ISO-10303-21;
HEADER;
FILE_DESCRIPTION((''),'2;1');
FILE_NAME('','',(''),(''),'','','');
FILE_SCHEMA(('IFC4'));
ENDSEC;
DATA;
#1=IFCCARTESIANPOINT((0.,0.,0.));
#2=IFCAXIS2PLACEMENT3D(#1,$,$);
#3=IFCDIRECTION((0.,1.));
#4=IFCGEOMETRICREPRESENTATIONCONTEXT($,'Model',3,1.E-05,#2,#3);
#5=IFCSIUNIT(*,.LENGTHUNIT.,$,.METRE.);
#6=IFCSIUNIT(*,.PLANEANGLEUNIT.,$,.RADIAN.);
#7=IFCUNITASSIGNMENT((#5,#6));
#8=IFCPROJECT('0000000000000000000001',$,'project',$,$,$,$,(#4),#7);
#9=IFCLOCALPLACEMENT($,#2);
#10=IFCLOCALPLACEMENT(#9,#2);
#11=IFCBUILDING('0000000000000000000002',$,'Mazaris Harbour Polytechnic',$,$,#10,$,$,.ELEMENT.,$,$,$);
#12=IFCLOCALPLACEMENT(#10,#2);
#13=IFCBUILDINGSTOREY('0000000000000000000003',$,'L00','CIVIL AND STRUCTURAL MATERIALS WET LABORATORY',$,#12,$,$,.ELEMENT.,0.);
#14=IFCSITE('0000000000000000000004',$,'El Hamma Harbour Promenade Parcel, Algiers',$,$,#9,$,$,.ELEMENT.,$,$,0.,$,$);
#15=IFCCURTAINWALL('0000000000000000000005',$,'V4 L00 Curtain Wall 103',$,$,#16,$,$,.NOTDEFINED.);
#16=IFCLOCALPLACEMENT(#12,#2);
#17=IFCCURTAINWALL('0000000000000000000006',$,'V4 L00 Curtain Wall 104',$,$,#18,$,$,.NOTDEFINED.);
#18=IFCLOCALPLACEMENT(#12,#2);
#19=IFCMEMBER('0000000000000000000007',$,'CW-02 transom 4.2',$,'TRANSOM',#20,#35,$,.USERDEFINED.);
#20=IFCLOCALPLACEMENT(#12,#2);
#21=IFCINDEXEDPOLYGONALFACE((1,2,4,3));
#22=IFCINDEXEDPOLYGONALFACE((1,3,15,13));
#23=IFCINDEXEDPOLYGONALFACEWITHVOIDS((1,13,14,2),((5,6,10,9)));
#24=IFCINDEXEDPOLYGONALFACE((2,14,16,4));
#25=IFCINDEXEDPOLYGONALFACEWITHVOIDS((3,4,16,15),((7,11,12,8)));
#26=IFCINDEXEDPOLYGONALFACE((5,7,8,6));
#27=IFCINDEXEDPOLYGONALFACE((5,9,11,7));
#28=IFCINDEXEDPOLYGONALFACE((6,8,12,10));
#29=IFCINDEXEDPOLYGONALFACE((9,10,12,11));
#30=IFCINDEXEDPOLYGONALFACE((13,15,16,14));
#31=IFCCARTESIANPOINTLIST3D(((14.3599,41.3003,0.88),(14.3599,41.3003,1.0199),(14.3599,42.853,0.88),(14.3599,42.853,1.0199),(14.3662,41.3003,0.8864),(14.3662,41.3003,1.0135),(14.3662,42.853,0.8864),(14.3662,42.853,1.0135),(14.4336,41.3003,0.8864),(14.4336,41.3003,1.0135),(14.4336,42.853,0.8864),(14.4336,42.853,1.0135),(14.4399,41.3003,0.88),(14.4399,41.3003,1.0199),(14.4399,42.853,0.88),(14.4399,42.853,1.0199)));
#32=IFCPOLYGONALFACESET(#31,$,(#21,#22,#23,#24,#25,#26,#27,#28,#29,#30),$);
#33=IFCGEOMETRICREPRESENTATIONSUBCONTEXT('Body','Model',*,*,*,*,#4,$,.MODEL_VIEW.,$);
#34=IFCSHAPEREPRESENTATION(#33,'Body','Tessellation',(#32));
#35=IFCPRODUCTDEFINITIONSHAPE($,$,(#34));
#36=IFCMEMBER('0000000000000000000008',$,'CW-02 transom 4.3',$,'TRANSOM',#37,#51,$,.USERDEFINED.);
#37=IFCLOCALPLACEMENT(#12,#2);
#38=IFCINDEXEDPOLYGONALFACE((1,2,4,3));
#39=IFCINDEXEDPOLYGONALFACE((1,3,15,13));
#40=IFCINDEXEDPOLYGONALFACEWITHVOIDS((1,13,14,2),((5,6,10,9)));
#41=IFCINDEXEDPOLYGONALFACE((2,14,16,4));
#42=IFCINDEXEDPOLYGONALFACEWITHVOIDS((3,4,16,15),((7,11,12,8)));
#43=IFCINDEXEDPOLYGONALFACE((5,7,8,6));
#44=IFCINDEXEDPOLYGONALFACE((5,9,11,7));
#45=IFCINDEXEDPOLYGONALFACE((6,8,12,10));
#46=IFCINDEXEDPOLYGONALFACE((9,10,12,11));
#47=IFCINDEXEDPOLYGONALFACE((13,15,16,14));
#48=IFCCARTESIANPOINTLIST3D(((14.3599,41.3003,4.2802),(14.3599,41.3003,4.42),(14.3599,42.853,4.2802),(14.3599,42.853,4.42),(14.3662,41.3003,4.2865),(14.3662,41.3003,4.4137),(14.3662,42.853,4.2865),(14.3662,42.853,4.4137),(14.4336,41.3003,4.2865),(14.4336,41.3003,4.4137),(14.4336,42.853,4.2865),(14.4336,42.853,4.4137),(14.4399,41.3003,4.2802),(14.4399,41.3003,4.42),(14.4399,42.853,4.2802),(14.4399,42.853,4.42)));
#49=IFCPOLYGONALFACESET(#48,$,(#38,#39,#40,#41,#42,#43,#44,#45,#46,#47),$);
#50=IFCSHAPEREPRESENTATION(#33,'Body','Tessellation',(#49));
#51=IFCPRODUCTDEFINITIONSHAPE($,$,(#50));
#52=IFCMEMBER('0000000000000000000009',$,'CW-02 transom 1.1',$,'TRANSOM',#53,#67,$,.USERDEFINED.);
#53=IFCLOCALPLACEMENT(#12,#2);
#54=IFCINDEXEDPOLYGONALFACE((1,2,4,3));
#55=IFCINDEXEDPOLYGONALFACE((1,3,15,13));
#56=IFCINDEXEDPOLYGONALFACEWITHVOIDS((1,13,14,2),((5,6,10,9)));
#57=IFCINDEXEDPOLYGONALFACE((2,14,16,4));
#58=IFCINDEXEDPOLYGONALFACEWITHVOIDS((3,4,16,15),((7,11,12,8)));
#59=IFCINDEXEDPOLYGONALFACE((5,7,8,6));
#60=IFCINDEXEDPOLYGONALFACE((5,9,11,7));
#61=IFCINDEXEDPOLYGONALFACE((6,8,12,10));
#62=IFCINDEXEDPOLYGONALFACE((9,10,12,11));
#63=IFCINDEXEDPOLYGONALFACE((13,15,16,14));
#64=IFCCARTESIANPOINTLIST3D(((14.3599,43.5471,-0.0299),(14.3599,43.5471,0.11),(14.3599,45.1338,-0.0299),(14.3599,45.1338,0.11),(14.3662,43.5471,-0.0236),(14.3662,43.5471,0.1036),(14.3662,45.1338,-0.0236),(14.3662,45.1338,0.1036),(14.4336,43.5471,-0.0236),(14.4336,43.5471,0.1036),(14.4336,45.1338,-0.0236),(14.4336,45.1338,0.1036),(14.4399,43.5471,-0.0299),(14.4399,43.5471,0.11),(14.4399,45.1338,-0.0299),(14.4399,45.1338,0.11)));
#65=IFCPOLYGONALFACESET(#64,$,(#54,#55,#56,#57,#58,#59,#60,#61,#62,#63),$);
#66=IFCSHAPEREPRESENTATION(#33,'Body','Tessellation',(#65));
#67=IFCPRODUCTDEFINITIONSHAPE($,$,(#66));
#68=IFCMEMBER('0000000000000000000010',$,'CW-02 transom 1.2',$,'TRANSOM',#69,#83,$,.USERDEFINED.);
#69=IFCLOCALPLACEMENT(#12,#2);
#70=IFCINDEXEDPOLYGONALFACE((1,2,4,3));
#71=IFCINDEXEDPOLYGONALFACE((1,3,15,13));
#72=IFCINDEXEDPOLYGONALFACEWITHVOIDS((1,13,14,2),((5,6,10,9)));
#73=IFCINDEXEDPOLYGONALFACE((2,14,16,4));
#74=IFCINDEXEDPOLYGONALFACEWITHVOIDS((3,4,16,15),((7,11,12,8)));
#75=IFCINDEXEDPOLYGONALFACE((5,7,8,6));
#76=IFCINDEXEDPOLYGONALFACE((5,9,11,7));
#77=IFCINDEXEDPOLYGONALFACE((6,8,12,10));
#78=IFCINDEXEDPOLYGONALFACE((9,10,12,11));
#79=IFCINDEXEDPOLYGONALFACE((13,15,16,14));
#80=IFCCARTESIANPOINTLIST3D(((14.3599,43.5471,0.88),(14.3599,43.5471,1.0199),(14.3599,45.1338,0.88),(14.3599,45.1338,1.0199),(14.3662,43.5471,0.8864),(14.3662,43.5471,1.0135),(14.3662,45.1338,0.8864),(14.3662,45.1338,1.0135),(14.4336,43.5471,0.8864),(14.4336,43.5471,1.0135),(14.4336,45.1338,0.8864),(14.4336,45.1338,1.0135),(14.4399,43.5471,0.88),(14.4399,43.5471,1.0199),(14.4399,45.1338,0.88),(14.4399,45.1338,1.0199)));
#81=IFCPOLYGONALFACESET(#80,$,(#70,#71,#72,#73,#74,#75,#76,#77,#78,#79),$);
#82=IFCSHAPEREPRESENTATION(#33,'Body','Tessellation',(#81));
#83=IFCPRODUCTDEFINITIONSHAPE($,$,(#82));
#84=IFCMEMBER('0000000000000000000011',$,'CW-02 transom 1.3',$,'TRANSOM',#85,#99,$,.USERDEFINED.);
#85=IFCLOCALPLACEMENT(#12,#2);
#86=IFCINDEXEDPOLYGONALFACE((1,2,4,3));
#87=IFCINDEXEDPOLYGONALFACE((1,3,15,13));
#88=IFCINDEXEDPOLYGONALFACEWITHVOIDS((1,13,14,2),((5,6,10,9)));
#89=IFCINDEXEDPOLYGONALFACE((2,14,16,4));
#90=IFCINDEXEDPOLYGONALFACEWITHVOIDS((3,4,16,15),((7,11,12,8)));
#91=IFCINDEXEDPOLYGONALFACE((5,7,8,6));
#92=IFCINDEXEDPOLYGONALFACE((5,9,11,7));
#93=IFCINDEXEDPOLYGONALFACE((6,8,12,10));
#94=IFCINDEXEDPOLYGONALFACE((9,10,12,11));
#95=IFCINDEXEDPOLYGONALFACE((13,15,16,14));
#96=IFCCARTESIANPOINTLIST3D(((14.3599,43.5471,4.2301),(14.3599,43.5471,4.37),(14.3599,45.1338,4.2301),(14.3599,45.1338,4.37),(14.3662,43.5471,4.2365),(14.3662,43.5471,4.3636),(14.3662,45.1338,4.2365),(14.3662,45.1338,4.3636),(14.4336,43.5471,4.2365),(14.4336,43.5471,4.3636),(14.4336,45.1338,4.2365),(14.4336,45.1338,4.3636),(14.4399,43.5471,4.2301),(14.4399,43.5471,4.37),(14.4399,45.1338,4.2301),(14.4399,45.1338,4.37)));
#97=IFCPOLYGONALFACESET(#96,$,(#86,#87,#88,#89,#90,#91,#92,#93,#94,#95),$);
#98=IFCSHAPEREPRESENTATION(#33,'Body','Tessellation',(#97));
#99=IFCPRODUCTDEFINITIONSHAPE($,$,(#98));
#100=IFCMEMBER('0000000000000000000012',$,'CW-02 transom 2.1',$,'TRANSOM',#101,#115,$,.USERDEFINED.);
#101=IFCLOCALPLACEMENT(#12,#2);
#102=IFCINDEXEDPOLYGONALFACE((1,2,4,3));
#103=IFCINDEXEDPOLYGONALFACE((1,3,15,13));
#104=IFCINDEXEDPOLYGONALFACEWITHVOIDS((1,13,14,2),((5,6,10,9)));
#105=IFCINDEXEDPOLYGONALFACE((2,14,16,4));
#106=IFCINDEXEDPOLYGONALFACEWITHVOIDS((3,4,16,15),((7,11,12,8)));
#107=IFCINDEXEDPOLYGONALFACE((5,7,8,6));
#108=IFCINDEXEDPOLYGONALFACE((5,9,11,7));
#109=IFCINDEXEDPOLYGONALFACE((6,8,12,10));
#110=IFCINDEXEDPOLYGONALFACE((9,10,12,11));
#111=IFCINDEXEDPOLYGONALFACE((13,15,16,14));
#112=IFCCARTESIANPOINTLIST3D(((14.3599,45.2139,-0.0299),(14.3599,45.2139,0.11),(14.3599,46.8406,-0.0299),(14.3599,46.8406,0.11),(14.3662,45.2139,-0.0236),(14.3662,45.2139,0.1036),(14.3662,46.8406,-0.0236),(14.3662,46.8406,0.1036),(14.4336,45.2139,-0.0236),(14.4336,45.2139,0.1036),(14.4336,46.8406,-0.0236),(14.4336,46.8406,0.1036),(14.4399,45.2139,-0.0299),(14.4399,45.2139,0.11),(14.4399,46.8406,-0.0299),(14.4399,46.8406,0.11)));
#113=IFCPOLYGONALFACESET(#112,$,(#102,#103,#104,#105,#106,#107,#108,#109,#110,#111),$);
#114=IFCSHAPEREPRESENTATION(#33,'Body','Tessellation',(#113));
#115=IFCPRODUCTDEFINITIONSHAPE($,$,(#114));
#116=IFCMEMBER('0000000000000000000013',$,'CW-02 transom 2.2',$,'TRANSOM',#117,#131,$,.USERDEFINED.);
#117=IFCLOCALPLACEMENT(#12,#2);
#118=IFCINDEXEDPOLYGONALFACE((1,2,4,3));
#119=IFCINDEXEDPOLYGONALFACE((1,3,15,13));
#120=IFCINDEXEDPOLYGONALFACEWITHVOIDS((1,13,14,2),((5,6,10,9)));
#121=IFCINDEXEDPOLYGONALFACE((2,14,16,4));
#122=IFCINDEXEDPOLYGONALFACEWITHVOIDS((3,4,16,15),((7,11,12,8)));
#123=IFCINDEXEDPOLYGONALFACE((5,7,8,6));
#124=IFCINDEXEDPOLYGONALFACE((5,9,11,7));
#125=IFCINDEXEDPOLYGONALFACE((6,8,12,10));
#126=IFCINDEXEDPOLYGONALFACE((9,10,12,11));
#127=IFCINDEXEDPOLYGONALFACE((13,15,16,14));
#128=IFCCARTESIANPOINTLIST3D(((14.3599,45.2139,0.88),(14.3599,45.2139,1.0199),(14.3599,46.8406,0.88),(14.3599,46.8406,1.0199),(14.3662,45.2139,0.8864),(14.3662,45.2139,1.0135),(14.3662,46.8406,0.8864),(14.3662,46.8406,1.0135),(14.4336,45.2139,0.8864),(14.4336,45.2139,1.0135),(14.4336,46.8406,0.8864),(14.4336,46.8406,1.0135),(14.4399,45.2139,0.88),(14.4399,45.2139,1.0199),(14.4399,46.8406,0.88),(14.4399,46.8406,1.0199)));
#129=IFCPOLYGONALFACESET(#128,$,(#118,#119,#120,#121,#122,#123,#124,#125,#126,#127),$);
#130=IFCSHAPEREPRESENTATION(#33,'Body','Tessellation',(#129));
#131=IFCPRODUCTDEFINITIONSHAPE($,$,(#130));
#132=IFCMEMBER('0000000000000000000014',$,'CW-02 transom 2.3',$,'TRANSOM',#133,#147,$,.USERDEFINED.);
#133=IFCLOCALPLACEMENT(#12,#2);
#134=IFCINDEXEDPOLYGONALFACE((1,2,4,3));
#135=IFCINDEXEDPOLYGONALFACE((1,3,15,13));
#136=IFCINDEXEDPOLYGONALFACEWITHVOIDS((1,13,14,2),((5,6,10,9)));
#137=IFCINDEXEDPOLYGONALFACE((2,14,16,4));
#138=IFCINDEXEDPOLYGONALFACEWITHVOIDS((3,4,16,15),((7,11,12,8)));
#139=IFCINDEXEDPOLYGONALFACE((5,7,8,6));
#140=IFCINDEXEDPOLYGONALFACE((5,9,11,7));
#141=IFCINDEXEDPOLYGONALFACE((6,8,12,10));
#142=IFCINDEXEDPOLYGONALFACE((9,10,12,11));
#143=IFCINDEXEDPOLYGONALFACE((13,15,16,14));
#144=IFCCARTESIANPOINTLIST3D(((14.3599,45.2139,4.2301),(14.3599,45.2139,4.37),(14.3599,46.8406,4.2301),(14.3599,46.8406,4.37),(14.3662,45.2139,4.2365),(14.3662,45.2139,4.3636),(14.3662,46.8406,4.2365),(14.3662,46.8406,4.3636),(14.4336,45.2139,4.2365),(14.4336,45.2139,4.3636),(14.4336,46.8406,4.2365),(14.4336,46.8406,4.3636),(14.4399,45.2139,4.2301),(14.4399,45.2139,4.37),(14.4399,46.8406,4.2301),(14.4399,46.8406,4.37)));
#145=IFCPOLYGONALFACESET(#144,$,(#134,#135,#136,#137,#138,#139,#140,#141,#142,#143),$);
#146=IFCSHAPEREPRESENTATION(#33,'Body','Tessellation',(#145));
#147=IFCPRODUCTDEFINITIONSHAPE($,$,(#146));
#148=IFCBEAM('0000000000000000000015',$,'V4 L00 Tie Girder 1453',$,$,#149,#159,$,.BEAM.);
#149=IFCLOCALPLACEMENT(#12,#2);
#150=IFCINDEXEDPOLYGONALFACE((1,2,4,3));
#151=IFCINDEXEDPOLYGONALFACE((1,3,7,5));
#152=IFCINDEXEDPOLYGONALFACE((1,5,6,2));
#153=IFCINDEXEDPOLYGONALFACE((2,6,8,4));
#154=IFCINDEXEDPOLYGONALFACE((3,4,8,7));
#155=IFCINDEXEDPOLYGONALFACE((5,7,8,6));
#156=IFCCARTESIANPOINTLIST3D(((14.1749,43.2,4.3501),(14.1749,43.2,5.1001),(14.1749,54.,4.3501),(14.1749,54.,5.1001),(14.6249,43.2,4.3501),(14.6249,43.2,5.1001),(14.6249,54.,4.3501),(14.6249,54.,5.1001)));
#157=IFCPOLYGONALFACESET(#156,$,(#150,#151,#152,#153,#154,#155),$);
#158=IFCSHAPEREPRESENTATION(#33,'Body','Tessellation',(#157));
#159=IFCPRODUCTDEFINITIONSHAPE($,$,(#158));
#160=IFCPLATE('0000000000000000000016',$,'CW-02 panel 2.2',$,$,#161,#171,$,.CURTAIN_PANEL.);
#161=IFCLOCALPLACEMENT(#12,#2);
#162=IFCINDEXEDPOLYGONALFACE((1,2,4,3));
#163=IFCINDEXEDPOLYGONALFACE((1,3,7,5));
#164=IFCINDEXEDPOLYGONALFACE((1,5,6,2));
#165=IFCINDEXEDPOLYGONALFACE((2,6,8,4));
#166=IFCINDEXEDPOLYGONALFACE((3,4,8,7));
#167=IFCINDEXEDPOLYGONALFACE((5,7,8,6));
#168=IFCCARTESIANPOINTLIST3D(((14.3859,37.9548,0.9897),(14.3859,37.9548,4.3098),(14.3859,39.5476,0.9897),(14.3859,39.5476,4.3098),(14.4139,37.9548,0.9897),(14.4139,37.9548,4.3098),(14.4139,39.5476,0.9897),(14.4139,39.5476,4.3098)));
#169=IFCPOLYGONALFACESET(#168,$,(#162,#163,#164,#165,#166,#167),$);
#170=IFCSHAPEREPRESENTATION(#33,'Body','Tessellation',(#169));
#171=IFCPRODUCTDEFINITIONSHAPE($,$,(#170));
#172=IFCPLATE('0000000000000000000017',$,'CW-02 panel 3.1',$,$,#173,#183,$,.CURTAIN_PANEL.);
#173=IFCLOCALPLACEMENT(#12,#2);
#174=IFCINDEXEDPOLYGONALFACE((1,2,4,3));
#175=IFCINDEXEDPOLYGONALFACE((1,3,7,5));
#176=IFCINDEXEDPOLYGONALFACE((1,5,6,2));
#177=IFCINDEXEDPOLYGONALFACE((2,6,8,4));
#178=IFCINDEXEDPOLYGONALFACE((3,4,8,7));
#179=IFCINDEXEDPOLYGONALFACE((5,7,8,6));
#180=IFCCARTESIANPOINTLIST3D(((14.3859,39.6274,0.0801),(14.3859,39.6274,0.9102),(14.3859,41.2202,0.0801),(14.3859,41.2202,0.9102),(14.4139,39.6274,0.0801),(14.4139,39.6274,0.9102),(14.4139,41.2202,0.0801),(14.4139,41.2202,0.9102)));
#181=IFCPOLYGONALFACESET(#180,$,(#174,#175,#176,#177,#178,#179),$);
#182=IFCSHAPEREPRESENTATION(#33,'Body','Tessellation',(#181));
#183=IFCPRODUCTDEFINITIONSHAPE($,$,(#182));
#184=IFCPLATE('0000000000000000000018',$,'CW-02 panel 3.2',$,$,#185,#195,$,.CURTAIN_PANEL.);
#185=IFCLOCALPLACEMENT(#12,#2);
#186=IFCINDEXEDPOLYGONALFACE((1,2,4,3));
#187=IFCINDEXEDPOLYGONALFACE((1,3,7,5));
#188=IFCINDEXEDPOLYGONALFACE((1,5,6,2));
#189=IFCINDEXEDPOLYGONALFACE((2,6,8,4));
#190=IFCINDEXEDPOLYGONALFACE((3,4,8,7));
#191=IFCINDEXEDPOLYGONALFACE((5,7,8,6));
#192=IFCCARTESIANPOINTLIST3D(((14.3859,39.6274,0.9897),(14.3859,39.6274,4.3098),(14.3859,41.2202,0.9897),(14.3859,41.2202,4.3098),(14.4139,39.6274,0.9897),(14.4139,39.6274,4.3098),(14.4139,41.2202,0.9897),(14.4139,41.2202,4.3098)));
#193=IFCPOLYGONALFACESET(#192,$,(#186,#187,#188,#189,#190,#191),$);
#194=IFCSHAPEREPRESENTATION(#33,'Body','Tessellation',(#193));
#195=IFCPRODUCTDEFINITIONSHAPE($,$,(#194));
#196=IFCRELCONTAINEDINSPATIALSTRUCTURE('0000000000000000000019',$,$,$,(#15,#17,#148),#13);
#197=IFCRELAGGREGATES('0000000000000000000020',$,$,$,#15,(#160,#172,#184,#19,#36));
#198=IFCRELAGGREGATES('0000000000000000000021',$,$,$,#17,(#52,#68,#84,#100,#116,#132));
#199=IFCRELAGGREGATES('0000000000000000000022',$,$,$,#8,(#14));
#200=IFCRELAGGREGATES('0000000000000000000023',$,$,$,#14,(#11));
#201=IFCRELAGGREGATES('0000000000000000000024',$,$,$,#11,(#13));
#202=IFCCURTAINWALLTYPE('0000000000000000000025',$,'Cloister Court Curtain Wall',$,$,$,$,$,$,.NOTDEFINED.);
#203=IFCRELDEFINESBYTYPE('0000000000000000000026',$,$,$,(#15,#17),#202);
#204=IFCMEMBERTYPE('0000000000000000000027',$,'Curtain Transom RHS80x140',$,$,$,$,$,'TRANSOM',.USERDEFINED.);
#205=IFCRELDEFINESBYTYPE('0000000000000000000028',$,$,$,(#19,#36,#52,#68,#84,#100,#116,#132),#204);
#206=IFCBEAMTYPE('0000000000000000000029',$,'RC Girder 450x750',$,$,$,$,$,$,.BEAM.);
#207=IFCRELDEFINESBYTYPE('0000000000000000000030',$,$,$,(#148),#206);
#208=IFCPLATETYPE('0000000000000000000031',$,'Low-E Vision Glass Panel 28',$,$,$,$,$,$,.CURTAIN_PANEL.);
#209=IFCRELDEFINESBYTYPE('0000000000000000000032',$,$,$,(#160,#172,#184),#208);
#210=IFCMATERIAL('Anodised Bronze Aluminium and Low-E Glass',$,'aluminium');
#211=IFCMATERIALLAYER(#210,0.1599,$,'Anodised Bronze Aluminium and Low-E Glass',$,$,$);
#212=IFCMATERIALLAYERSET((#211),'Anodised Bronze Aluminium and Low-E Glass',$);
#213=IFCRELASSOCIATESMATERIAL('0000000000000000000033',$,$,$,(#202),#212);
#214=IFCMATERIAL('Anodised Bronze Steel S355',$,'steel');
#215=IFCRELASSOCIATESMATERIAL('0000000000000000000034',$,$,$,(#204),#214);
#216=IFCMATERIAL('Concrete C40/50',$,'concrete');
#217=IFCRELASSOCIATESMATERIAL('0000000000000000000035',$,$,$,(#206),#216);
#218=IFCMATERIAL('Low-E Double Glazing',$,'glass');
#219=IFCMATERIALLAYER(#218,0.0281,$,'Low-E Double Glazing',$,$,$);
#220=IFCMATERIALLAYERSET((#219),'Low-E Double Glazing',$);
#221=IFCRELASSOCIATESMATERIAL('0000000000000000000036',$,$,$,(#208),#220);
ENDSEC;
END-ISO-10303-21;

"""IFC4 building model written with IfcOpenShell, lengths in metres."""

from ifc_helpers import new_model, si_unit, direction, frame, origin, origin_2d, place, context, subcontext, project, spatial, rectangle, hollow_rectangle, extrude, material, layer, layer_set, material_profile, profile_set, type_object, element, aggregate, save


model = new_model("IFC4")

# Units and contexts
model_context = context("Model", 3, precision=1e-05, world=origin(), true_north=direction((0.0, 1.0)))
body_context = subcontext(model_context, "Body", "Model", "MODEL_VIEW")
ifc_project = project(units=[si_unit("LENGTHUNIT", "METRE"), si_unit("PLANEANGLEUNIT", "RADIAN")], contexts=[model_context])

# Site, building, storey
site_placement = place(None, origin())
site = spatial("IfcSite", under=ifc_project, at=site_placement, Name="El Hamma Harbour Promenade Parcel, Algiers", CompositionType="ELEMENT", RefElevation=0.0)
building_placement = place(site_placement, origin())
building = spatial("IfcBuilding", under=site, at=building_placement, Name="Mazaris Harbour Polytechnic", CompositionType="ELEMENT")
storey_placement = place(building_placement, origin())
storey = spatial("IfcBuildingStorey", under=building, at=storey_placement, Name="L00", Description="CIVIL AND STRUCTURAL MATERIALS WET LABORATORY", CompositionType="ELEMENT", Elevation=0.0)

# Curtain walls
ifc_material_1 = material(Name="Anodised Bronze Aluminium and Low-E Glass", Category="aluminium")
ifc_layer_1 = layer(ifc_material_1, 0.1599, Name="Anodised Bronze Aluminium and Low-E Glass")
ifc_layer_set_1 = layer_set([ifc_layer_1], Name="Anodised Bronze Aluminium and Low-E Glass")
curtain_wall_type = type_object("IfcCurtainWallType", Name="Cloister Court Curtain Wall", PredefinedType="NOTDEFINED", material=ifc_layer_set_1)
curtain_wall_1_placement = place(storey_placement, origin())
curtain_wall_1 = element("IfcCurtainWall", 1, at=curtain_wall_1_placement, inside=storey, type_object=curtain_wall_type, Name="V4 L00 Curtain Wall 103", PredefinedType="NOTDEFINED")
curtain_wall_2_placement = place(storey_placement, origin())
curtain_wall_2 = element("IfcCurtainWall", 2, at=curtain_wall_2_placement, inside=storey, type_object=curtain_wall_type, Name="V4 L00 Curtain Wall 104", PredefinedType="NOTDEFINED")

# Members
ifc_material_2 = material(Name="Anodised Bronze Steel S355", Category="steel")
ifc_material_profile_1 = material_profile(ifc_material_2, hollow_rectangle(XDim=0.0801, YDim=0.1399, WallThickness=0.0063, at=origin_2d()), Name="RHS 80x140x6.3")
ifc_profile_set_1 = profile_set([ifc_material_profile_1], Name="Anodised Bronze Steel S355")
member_type_1 = type_object("IfcMemberType", Name="Curtain Transom RHS80x140", ElementType="TRANSOM", PredefinedType="USERDEFINED", material=ifc_profile_set_1)
member_1_placement = place(storey_placement, frame((14.3999, 41.3003, 0.95), z_axis=(0.0, 1.0, 0.0), x_axis=(-1.0, 0.0, 0.0)))
member_1 = element("IfcMember", 3, at=member_1_placement, type_object=member_type_1, Name="CW-02 transom 4.2", ObjectType="TRANSOM", PredefinedType="USERDEFINED", context=body_context, shape_type="SweptSolid", body=[
    extrude(hollow_rectangle(XDim=0.0801, YDim=0.1399, WallThickness=0.0063, at=origin_2d()), origin(), (0.0, 0.0, 1.0), 1.5527),
])
member_2_placement = place(storey_placement, frame((14.3999, 41.3003, 4.3501), z_axis=(0.0, 1.0, 0.0), x_axis=(-1.0, 0.0, 0.0)))
member_2 = element("IfcMember", 4, at=member_2_placement, type_object=member_type_1, Name="CW-02 transom 4.3", ObjectType="TRANSOM", PredefinedType="USERDEFINED", context=body_context, shape_type="SweptSolid", body=[
    extrude(hollow_rectangle(XDim=0.0801, YDim=0.1399, WallThickness=0.0063, at=origin_2d()), origin(), (0.0, 0.0, 1.0), 1.5527),
])
member_3_placement = place(storey_placement, frame((14.3999, 43.5471, 0.04), z_axis=(0.0, 1.0, 0.0), x_axis=(-1.0, 0.0, 0.0)))
member_3 = element("IfcMember", 5, at=member_3_placement, type_object=member_type_1, Name="CW-02 transom 1.1", ObjectType="TRANSOM", PredefinedType="USERDEFINED", context=body_context, shape_type="SweptSolid", body=[
    extrude(hollow_rectangle(XDim=0.0801, YDim=0.1399, WallThickness=0.0063, at=origin_2d()), origin(), (0.0, 0.0, 1.0), 1.5867),
])
member_4_placement = place(storey_placement, frame((14.3999, 43.5471, 0.95), z_axis=(0.0, 1.0, 0.0), x_axis=(-1.0, 0.0, 0.0)))
member_4 = element("IfcMember", 6, at=member_4_placement, type_object=member_type_1, Name="CW-02 transom 1.2", ObjectType="TRANSOM", PredefinedType="USERDEFINED", context=body_context, shape_type="SweptSolid", body=[
    extrude(hollow_rectangle(XDim=0.0801, YDim=0.1399, WallThickness=0.0063, at=origin_2d()), origin(), (0.0, 0.0, 1.0), 1.5867),
])
member_5_placement = place(storey_placement, frame((14.3999, 43.5471, 4.3), z_axis=(0.0, 1.0, 0.0), x_axis=(-1.0, 0.0, 0.0)))
member_5 = element("IfcMember", 7, at=member_5_placement, type_object=member_type_1, Name="CW-02 transom 1.3", ObjectType="TRANSOM", PredefinedType="USERDEFINED", context=body_context, shape_type="SweptSolid", body=[
    extrude(hollow_rectangle(XDim=0.0801, YDim=0.1399, WallThickness=0.0063, at=origin_2d()), origin(), (0.0, 0.0, 1.0), 1.5867),
])
member_6_placement = place(storey_placement, frame((14.3999, 45.2139, 0.04), z_axis=(0.0, 1.0, 0.0), x_axis=(-1.0, 0.0, 0.0)))
member_6 = element("IfcMember", 8, at=member_6_placement, type_object=member_type_1, Name="CW-02 transom 2.1", ObjectType="TRANSOM", PredefinedType="USERDEFINED", context=body_context, shape_type="SweptSolid", body=[
    extrude(hollow_rectangle(XDim=0.0801, YDim=0.1399, WallThickness=0.0063, at=origin_2d()), origin(), (0.0, 0.0, 1.0), 1.6267),
])
member_7_placement = place(storey_placement, frame((14.3999, 45.2139, 0.95), z_axis=(0.0, 1.0, 0.0), x_axis=(-1.0, 0.0, 0.0)))
member_7 = element("IfcMember", 9, at=member_7_placement, type_object=member_type_1, Name="CW-02 transom 2.2", ObjectType="TRANSOM", PredefinedType="USERDEFINED", context=body_context, shape_type="SweptSolid", body=[
    extrude(hollow_rectangle(XDim=0.0801, YDim=0.1399, WallThickness=0.0063, at=origin_2d()), origin(), (0.0, 0.0, 1.0), 1.6267),
])
member_8_placement = place(storey_placement, frame((14.3999, 45.2139, 4.3), z_axis=(0.0, 1.0, 0.0), x_axis=(-1.0, 0.0, 0.0)))
member_8 = element("IfcMember", 10, at=member_8_placement, type_object=member_type_1, Name="CW-02 transom 2.3", ObjectType="TRANSOM", PredefinedType="USERDEFINED", context=body_context, shape_type="SweptSolid", body=[
    extrude(hollow_rectangle(XDim=0.0801, YDim=0.1399, WallThickness=0.0063, at=origin_2d()), origin(), (0.0, 0.0, 1.0), 1.6267),
])

# Beam
ifc_material_3 = material(Name="Concrete C40/50", Category="concrete")
ifc_material_profile_2 = material_profile(ifc_material_3, rectangle(XDim=0.45, YDim=0.75, at=origin_2d()), Name="RECT450x750")
ifc_profile_set_2 = profile_set([ifc_material_profile_2], Name="Concrete C40/50")
beam_type = type_object("IfcBeamType", Name="RC Girder 450x750", PredefinedType="BEAM", material=ifc_profile_set_2)
beam_placement = place(storey_placement, frame((14.3999, 43.2, 4.7251), z_axis=(0.0, 1.0, 0.0), x_axis=(-1.0, 0.0, 0.0)))
element("IfcBeam", 11, at=beam_placement, inside=storey, type_object=beam_type, Name="V4 L00 Tie Girder 1453", PredefinedType="BEAM", context=body_context, shape_type="SweptSolid", body=[
    extrude(rectangle(XDim=0.45, YDim=0.75, at=origin_2d()), origin(), (0.0, 0.0, 1.0), 10.8),
])

# Plates
ifc_material_4 = material(Name="Low-E Double Glazing", Category="glass")
ifc_layer_2 = layer(ifc_material_4, 0.0281, Name="Low-E Double Glazing")
ifc_layer_set_2 = layer_set([ifc_layer_2], Name="Low-E Double Glazing")
plate_type = type_object("IfcPlateType", Name="Low-E Vision Glass Panel 28", PredefinedType="CURTAIN_PANEL", material=ifc_layer_set_2)
plate_1_placement = place(storey_placement, frame((14.3999, 38.7512, 0.9897), z_axis=(0.0, 0.0, 1.0), x_axis=(0.0, 1.0, 0.0)))
plate_1 = element("IfcPlate", 12, at=plate_1_placement, type_object=plate_type, Name="CW-02 panel 2.2", PredefinedType="CURTAIN_PANEL", context=body_context, shape_type="SweptSolid", body=[
    extrude(rectangle(XDim=1.5928, YDim=0.0281, at=origin_2d()), origin(), (0.0, 0.0, 1.0), 3.3201),
])
plate_2_placement = place(storey_placement, frame((14.3999, 40.4238, 0.0801), z_axis=(0.0, 0.0, 1.0), x_axis=(0.0, 1.0, 0.0)))
plate_2 = element("IfcPlate", 13, at=plate_2_placement, type_object=plate_type, Name="CW-02 panel 3.1", PredefinedType="CURTAIN_PANEL", context=body_context, shape_type="SweptSolid", body=[
    extrude(rectangle(XDim=1.5928, YDim=0.0281, at=origin_2d()), origin(), (0.0, 0.0, 1.0), 0.8301),
])
plate_3_placement = place(storey_placement, frame((14.3999, 40.4238, 0.9897), z_axis=(0.0, 0.0, 1.0), x_axis=(0.0, 1.0, 0.0)))
plate_3 = element("IfcPlate", 14, at=plate_3_placement, type_object=plate_type, Name="CW-02 panel 3.2", PredefinedType="CURTAIN_PANEL", context=body_context, shape_type="SweptSolid", body=[
    extrude(rectangle(XDim=1.5928, YDim=0.0281, at=origin_2d()), origin(), (0.0, 0.0, 1.0), 3.3201),
])
aggregate(curtain_wall_1, [plate_1, plate_2, plate_3, member_1, member_2])
aggregate(curtain_wall_2, [member_3, member_4, member_5, member_6, member_7, member_8])

save(model, "model.ifc")
